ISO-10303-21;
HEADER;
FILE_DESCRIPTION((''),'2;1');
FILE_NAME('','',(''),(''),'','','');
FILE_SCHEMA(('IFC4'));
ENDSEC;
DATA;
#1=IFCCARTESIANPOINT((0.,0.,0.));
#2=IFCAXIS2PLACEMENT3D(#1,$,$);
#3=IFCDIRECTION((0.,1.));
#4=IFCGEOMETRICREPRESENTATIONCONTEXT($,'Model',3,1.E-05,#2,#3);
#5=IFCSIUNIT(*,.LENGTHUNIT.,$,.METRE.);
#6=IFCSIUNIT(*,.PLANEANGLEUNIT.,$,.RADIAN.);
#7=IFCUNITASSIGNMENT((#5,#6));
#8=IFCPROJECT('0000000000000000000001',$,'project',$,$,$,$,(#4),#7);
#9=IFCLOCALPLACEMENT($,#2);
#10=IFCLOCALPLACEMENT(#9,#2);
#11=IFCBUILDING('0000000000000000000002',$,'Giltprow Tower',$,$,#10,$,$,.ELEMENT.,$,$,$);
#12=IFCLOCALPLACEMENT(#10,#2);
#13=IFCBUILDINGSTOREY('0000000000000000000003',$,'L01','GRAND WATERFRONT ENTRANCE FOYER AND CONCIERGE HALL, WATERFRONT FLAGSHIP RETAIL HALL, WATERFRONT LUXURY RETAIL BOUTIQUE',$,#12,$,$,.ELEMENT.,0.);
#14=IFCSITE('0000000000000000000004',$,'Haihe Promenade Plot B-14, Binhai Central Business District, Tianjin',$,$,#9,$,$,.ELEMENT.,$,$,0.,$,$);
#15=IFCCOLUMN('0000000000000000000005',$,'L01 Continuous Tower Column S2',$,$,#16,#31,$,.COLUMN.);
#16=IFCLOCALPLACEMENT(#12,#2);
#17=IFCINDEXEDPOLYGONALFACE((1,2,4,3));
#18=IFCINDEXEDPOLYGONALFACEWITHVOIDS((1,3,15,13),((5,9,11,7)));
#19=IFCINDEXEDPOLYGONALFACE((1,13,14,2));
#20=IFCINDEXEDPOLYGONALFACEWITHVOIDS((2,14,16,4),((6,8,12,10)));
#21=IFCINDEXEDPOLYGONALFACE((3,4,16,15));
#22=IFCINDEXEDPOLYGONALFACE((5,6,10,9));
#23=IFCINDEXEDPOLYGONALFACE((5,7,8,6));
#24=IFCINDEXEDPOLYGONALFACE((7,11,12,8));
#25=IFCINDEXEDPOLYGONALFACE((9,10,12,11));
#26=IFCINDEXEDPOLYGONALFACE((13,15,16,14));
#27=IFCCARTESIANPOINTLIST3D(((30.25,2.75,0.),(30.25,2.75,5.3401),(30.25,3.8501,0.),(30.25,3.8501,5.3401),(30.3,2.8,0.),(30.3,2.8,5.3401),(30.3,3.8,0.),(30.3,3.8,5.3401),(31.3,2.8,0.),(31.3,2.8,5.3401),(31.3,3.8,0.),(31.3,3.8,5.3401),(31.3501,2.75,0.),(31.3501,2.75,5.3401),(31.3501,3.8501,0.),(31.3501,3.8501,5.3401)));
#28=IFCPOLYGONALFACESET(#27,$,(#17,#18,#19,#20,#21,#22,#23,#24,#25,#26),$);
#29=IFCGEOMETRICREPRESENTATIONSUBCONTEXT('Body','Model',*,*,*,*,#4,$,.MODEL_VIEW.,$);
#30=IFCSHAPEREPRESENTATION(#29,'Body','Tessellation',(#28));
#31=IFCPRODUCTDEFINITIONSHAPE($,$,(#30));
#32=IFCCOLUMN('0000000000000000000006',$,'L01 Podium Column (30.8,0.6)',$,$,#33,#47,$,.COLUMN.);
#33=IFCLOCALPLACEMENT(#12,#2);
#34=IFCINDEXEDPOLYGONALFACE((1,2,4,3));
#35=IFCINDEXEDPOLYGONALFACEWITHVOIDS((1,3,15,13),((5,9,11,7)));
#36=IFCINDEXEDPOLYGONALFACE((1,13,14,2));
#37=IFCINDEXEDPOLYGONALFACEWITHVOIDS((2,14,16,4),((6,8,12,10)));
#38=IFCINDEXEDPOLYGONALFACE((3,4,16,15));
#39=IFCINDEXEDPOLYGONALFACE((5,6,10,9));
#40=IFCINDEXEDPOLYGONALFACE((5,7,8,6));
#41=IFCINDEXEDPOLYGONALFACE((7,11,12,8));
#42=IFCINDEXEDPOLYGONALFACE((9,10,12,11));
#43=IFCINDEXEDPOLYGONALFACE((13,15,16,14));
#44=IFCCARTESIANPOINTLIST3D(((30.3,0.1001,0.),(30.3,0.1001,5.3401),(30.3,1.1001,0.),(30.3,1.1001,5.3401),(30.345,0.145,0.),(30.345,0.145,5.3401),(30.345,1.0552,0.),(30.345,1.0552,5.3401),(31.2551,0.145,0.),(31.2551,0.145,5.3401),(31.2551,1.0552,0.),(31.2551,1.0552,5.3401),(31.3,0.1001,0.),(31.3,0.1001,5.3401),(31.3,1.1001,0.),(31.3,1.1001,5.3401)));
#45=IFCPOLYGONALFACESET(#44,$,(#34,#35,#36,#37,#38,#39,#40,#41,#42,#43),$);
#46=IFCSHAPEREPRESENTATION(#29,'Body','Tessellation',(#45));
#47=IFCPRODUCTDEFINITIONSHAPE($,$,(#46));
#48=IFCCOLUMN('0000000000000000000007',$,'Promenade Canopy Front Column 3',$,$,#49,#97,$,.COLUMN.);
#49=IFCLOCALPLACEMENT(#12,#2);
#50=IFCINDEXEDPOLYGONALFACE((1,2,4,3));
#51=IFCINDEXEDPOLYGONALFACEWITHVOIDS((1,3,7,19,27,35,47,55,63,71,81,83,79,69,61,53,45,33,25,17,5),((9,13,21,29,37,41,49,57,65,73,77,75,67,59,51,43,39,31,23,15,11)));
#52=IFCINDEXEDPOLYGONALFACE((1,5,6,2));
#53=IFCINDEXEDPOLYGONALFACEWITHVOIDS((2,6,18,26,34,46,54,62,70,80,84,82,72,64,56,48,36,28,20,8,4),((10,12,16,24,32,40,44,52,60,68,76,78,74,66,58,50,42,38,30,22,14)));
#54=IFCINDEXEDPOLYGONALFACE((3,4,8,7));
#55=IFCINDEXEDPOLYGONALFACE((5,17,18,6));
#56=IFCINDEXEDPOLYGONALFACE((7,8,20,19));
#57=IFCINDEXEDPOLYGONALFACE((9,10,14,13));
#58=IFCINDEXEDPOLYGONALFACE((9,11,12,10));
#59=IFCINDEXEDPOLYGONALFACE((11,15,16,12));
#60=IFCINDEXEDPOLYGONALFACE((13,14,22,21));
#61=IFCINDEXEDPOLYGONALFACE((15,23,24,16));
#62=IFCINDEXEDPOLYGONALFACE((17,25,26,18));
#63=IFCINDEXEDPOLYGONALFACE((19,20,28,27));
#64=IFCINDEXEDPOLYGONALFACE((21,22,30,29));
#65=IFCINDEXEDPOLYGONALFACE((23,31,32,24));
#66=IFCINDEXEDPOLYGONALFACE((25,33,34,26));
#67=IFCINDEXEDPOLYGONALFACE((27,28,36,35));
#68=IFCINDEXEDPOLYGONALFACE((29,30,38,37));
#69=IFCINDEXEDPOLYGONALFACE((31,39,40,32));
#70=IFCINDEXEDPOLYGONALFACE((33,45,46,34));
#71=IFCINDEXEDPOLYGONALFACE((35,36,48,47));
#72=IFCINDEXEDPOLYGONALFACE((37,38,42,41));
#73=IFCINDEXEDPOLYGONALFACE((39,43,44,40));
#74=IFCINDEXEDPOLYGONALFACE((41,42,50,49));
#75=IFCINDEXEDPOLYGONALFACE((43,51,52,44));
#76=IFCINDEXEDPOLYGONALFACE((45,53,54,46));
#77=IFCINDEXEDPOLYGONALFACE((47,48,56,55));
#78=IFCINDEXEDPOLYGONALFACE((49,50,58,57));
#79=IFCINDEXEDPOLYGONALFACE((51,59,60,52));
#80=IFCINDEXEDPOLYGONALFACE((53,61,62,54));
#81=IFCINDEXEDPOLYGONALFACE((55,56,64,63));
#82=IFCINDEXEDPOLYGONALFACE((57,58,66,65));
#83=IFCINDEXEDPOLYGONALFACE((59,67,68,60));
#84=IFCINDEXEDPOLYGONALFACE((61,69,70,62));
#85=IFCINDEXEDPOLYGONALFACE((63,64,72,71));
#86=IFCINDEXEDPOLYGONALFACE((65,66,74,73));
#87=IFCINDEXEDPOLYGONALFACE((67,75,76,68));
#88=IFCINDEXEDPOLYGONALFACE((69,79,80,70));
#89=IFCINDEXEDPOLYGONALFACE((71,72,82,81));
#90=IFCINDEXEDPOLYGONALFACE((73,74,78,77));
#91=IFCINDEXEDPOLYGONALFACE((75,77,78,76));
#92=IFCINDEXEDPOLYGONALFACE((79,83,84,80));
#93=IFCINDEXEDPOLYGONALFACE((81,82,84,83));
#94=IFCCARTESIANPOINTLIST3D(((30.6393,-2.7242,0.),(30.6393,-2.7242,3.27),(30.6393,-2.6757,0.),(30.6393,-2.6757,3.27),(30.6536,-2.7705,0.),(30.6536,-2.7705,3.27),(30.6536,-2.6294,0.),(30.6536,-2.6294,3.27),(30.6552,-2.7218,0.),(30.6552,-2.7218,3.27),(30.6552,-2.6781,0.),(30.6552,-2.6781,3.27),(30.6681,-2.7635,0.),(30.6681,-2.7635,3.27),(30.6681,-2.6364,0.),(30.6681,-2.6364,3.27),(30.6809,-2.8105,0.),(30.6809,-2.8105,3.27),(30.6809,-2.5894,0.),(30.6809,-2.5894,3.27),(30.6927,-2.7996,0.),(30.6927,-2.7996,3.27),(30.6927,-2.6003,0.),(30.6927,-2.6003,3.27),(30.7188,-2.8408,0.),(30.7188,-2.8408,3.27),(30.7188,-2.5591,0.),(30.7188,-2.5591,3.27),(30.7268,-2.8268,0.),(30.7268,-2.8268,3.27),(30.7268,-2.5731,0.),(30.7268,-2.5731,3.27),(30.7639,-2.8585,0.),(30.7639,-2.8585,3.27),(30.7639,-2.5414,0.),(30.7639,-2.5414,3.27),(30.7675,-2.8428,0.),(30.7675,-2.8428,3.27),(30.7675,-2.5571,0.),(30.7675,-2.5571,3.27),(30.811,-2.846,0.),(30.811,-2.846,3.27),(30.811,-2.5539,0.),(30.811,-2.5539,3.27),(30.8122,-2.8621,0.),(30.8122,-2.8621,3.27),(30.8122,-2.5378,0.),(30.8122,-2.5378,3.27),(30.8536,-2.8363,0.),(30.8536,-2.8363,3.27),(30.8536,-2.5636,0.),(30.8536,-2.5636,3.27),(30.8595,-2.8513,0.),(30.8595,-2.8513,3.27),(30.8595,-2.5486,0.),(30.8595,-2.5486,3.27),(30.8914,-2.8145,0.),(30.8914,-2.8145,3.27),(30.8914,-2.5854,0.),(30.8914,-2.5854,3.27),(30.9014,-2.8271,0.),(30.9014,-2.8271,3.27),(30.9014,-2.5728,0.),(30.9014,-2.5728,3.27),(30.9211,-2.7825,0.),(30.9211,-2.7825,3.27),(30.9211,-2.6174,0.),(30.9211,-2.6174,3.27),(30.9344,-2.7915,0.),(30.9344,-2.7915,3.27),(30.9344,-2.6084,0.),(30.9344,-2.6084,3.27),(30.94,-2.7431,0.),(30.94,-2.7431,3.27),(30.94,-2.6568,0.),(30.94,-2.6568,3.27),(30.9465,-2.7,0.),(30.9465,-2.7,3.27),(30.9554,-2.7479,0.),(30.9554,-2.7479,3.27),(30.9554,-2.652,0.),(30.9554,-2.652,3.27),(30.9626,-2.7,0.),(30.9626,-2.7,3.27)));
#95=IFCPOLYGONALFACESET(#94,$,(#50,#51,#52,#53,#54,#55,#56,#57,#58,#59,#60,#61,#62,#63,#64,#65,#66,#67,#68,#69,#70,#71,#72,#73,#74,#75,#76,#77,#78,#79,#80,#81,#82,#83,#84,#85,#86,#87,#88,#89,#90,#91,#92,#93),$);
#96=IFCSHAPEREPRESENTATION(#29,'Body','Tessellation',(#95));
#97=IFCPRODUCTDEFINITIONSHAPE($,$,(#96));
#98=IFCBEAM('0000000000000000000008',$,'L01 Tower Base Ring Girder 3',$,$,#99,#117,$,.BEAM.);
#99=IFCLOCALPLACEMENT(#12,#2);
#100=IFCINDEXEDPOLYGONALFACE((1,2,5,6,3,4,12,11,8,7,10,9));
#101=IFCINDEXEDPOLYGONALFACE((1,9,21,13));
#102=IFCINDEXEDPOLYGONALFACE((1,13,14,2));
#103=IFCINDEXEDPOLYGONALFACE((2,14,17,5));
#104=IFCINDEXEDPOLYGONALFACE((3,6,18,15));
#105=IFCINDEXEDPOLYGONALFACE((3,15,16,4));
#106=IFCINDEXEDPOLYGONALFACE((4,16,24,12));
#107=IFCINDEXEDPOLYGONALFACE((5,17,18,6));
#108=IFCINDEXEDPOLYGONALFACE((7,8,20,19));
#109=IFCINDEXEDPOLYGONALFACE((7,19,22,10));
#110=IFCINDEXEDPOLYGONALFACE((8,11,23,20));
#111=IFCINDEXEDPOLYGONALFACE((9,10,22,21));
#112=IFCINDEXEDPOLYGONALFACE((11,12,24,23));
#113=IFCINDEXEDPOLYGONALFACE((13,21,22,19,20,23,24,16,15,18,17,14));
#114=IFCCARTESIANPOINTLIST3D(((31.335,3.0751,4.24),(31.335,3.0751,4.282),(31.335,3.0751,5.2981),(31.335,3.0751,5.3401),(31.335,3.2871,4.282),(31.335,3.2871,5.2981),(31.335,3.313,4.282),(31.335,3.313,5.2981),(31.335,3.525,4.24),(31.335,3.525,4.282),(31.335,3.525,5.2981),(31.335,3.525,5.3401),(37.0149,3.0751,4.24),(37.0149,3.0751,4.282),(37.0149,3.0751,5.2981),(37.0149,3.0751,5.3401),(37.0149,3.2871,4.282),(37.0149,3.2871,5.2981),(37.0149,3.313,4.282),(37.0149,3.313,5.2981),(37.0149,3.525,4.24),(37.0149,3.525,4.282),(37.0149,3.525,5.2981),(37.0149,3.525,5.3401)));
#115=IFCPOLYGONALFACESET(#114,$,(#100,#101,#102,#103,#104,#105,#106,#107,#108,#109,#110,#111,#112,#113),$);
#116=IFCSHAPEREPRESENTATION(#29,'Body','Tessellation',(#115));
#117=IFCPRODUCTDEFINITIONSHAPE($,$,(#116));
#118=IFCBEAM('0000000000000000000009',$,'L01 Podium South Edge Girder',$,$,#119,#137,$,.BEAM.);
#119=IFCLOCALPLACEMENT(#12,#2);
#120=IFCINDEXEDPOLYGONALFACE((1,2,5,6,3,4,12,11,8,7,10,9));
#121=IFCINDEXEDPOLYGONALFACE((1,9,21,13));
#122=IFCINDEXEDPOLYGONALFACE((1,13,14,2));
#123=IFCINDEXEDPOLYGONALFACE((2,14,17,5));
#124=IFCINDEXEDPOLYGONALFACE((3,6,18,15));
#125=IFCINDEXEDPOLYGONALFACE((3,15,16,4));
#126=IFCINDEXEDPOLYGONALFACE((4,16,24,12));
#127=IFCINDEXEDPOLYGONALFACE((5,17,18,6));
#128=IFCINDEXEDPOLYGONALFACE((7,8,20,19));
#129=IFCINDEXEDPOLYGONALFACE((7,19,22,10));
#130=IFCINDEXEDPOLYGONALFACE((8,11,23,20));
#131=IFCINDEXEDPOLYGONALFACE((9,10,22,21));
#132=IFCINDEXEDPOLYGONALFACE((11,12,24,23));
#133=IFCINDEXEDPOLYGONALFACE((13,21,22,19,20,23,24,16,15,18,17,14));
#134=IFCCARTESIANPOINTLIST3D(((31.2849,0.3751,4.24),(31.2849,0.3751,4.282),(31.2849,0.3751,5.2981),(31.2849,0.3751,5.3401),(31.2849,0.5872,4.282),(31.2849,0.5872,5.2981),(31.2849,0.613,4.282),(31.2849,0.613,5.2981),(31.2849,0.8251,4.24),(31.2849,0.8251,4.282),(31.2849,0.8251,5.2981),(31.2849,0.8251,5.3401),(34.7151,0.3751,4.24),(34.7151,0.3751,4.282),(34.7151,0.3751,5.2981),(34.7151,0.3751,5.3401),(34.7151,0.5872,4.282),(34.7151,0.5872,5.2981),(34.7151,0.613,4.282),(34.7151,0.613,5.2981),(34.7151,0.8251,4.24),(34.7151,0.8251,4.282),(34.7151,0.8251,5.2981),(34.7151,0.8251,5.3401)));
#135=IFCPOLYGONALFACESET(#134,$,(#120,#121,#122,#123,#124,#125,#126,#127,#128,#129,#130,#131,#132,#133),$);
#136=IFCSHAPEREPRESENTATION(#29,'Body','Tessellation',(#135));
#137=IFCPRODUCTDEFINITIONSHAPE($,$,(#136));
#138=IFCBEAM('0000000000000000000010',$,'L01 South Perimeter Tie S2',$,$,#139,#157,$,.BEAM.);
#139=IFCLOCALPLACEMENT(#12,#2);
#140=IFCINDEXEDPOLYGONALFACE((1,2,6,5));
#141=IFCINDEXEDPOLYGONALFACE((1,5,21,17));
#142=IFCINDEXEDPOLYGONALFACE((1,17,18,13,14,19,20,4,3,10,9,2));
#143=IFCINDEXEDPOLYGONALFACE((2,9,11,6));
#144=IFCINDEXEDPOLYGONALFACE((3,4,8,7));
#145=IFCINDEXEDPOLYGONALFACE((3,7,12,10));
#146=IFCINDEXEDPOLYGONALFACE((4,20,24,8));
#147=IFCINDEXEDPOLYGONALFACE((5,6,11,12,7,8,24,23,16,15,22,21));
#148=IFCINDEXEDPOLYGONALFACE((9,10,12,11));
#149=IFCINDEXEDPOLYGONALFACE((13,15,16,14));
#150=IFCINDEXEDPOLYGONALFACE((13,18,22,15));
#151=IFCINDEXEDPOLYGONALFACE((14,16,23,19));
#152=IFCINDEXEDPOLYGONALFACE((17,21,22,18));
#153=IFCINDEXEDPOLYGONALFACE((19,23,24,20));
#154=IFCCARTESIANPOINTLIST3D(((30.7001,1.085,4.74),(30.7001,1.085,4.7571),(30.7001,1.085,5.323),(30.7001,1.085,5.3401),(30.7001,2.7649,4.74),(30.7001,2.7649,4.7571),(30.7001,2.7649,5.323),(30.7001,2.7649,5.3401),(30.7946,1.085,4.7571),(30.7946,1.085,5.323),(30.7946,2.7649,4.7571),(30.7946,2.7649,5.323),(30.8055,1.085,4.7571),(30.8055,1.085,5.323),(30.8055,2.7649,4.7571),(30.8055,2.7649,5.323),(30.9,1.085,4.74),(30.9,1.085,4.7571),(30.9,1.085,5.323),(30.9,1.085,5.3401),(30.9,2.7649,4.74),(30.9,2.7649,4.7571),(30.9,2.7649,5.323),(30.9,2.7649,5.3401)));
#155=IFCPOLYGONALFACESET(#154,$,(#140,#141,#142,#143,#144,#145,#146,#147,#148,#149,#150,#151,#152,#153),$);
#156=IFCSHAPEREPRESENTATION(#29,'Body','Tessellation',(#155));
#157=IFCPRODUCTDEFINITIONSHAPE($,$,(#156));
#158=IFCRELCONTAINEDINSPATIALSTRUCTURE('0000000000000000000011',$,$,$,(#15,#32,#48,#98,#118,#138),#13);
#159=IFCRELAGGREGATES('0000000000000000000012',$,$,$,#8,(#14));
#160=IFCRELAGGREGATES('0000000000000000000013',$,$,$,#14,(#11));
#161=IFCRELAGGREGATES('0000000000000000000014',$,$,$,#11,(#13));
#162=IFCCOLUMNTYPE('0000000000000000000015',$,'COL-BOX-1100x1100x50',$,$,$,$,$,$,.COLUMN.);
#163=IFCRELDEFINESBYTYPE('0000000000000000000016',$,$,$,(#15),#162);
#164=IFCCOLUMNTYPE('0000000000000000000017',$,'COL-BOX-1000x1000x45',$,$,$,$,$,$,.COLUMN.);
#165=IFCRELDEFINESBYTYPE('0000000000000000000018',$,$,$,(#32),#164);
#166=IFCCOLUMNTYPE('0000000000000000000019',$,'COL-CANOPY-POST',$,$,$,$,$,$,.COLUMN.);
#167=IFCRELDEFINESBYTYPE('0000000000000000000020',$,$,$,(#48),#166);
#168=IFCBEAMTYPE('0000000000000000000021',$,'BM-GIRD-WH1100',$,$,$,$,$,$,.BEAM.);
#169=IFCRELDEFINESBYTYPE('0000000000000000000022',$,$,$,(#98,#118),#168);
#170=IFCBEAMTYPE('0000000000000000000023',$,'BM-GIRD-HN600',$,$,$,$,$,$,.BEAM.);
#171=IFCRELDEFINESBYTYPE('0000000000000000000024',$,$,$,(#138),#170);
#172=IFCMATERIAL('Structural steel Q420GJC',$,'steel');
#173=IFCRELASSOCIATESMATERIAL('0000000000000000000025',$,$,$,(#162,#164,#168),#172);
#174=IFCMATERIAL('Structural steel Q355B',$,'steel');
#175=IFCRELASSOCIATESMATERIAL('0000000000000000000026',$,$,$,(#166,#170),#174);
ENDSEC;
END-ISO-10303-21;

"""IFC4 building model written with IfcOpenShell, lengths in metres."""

from ifc_helpers import new_model, si_unit, direction, frame, origin, origin_2d, place, context, subcontext, project, spatial, hollow_rectangle, hollow_circle, i_section, extrude, source, transform, mapped, material, material_profile, profile_set, type_object, element, save


model = new_model("IFC4")

# Units and contexts
model_context = context("Model", 3, precision=1e-05, world=origin(), true_north=direction((0.0, 1.0)))
body_context = subcontext(model_context, "Body", "Model", "MODEL_VIEW")
ifc_project = project(units=[si_unit("LENGTHUNIT", "METRE"), si_unit("PLANEANGLEUNIT", "RADIAN")], contexts=[model_context])

# Site, building, storey
site_placement = place(None, origin())
site = spatial("IfcSite", under=ifc_project, at=site_placement, Name="Haihe Promenade Plot B-14, Binhai Central Business District, Tianjin", CompositionType="ELEMENT", RefElevation=0.0)
building_placement = place(site_placement, origin())
building = spatial("IfcBuilding", under=site, at=building_placement, Name="Giltprow Tower", CompositionType="ELEMENT")
storey_placement = place(building_placement, origin())
storey = spatial("IfcBuildingStorey", under=building, at=storey_placement, Name="L01", Description="GRAND WATERFRONT ENTRANCE FOYER AND CONCIERGE HALL, WATERFRONT FLAGSHIP RETAIL HALL, WATERFRONT LUXURY RETAIL BOUTIQUE", CompositionType="ELEMENT", Elevation=0.0)

# Columns
ifc_material_1 = material(Name="Structural steel Q420GJC", Category="steel")
ifc_material_profile_1 = material_profile(ifc_material_1, hollow_rectangle(XDim=1.1001, YDim=1.1001, WallThickness=0.05, at=origin_2d()), Name="BOX 1100x1100x50")
ifc_profile_set_1 = profile_set([ifc_material_profile_1], Name="Structural steel Q420GJC")
column_type_1 = type_object("IfcColumnType", Name="COL-BOX-1100x1100x50", PredefinedType="COLUMN", material=ifc_profile_set_1)
shared_shape_1 = source(origin(), body_context, "Body", "SweptSolid", [
    extrude(hollow_rectangle(XDim=1.1001, YDim=1.1001, WallThickness=0.05, at=origin_2d()), origin(), (0.0, 0.0, 1.0), 5.3401),
])
column_1_placement = place(storey_placement, frame((30.8, 3.3, 0.0), z_axis=(0.0, 0.0, 1.0), x_axis=(1.0, 0.0, 0.0)))
element("IfcColumn", 1, at=column_1_placement, inside=storey, type_object=column_type_1, Name="L01 Continuous Tower Column S2", PredefinedType="COLUMN", context=body_context, shape_type="MappedRepresentation", body=[
    mapped(shared_shape_1, transform((0.0, 0.0, 0.0), x_axis=(1.0, 0.0, 0.0), y_axis=(0.0, 1.0, 0.0), z_axis=(0.0, 0.0, 1.0), scale=1.0)),
])
ifc_material_profile_2 = material_profile(ifc_material_1, hollow_rectangle(XDim=1.0, YDim=1.0, WallThickness=0.0449, at=origin_2d()), Name="BOX 1000x1000x45")
ifc_profile_set_2 = profile_set([ifc_material_profile_2], Name="Structural steel Q420GJC")
column_type_2 = type_object("IfcColumnType", Name="COL-BOX-1000x1000x45", PredefinedType="COLUMN", material=ifc_profile_set_2)
shared_shape_2 = source(origin(), body_context, "Body", "SweptSolid", [
    extrude(hollow_rectangle(XDim=1.0, YDim=1.0, WallThickness=0.0449, at=origin_2d()), origin(), (0.0, 0.0, 1.0), 5.3401),
])
column_2_placement = place(storey_placement, frame((30.8, 0.6001, 0.0), z_axis=(0.0, 0.0, 1.0), x_axis=(1.0, 0.0, 0.0)))
element("IfcColumn", 2, at=column_2_placement, inside=storey, type_object=column_type_2, Name="L01 Podium Column (30.8,0.6)", PredefinedType="COLUMN", context=body_context, shape_type="MappedRepresentation", body=[
    mapped(shared_shape_2, transform((0.0, 0.0, 0.0), x_axis=(1.0, 0.0, 0.0), y_axis=(0.0, 1.0, 0.0), z_axis=(0.0, 0.0, 1.0), scale=1.0)),
])
ifc_material_2 = material(Name="Structural steel Q355B", Category="steel")
ifc_material_profile_3 = material_profile(ifc_material_2, hollow_circle(Radius=0.1626, WallThickness=0.0161, at=origin_2d()), Name="CHS 325x16")
ifc_profile_set_3 = profile_set([ifc_material_profile_3], Name="Structural steel Q355B")
column_type_3 = type_object("IfcColumnType", Name="COL-CANOPY-POST", PredefinedType="COLUMN", material=ifc_profile_set_3)
shared_shape_3 = source(origin(), body_context, "Body", "SweptSolid", [
    extrude(hollow_circle(Radius=0.1626, WallThickness=0.0161, at=origin_2d()), origin(), (0.0, 0.0, 1.0), 3.27),
])
column_3_placement = place(storey_placement, frame((30.8, -2.7, 0.0), z_axis=(0.0, 0.0, 1.0), x_axis=(1.0, 0.0, 0.0)))
element("IfcColumn", 3, at=column_3_placement, inside=storey, type_object=column_type_3, Name="Promenade Canopy Front Column 3", PredefinedType="COLUMN", context=body_context, shape_type="MappedRepresentation", body=[
    mapped(shared_shape_3, transform((0.0, 0.0, 0.0), x_axis=(1.0, 0.0, 0.0), y_axis=(0.0, 1.0, 0.0), z_axis=(0.0, 0.0, 1.0), scale=1.0)),
])

# Beams
ifc_material_profile_4 = material_profile(ifc_material_1, i_section(OverallWidth=0.45, OverallDepth=1.1001, WebThickness=0.0259, FlangeThickness=0.042, at=origin_2d()), Name="WH 1100x450x26x42")
ifc_profile_set_4 = profile_set([ifc_material_profile_4], Name="Structural steel Q420GJC")
beam_type_1 = type_object("IfcBeamType", Name="BM-GIRD-WH1100", PredefinedType="BEAM", material=ifc_profile_set_4)
shared_shape_4 = source(origin(), body_context, "Body", "SweptSolid", [
    extrude(i_section(OverallWidth=0.45, OverallDepth=1.1001, WebThickness=0.0259, FlangeThickness=0.042, at=origin_2d()), origin(), (0.0, 0.0, 1.0), 5.6799),
])
beam_1_placement = place(storey_placement, frame((31.335, 3.3, 4.79), z_axis=(1.0, 0.0, 0.0), x_axis=(0.0, 1.0, 0.0)))
element("IfcBeam", 4, at=beam_1_placement, inside=storey, type_object=beam_type_1, Name="L01 Tower Base Ring Girder 3", PredefinedType="BEAM", context=body_context, shape_type="MappedRepresentation", body=[
    mapped(shared_shape_4, transform((0.0, 0.0, 0.0), x_axis=(1.0, 0.0, 0.0), y_axis=(0.0, 1.0, 0.0), z_axis=(0.0, 0.0, 1.0), scale=1.0)),
])
shared_shape_5 = source(origin(), body_context, "Body", "SweptSolid", [
    extrude(i_section(OverallWidth=0.45, OverallDepth=1.1001, WebThickness=0.0259, FlangeThickness=0.042, at=origin_2d()), origin(), (0.0, 0.0, 1.0), 3.4302),
])
beam_2_placement = place(storey_placement, frame((31.2849, 0.6001, 4.79), z_axis=(1.0, 0.0, 0.0), x_axis=(0.0, 1.0, 0.0)))
element("IfcBeam", 5, at=beam_2_placement, inside=storey, type_object=beam_type_1, Name="L01 Podium South Edge Girder", PredefinedType="BEAM", context=body_context, shape_type="MappedRepresentation", body=[
    mapped(shared_shape_5, transform((0.0, 0.0, 0.0), x_axis=(1.0, 0.0, 0.0), y_axis=(0.0, 1.0, 0.0), z_axis=(0.0, 0.0, 1.0), scale=1.0)),
])
ifc_material_profile_5 = material_profile(ifc_material_2, i_section(OverallWidth=0.2, OverallDepth=0.6001, WebThickness=0.011, FlangeThickness=0.0171, at=origin_2d()), Name="HN 600x200x11x17")
ifc_profile_set_5 = profile_set([ifc_material_profile_5], Name="Structural steel Q355B")
beam_type_2 = type_object("IfcBeamType", Name="BM-GIRD-HN600", PredefinedType="BEAM", material=ifc_profile_set_5)
shared_shape_6 = source(origin(), body_context, "Body", "SweptSolid", [
    extrude(i_section(OverallWidth=0.2, OverallDepth=0.6001, WebThickness=0.011, FlangeThickness=0.0171, at=origin_2d()), origin(), (0.0, 0.0, 1.0), 1.6799),
])
beam_3_placement = place(storey_placement, frame((30.8, 1.085, 5.04), z_axis=(0.0, 1.0, 0.0), x_axis=(-1.0, 0.0, 0.0)))
element("IfcBeam", 6, at=beam_3_placement, inside=storey, type_object=beam_type_2, Name="L01 South Perimeter Tie S2", PredefinedType="BEAM", context=body_context, shape_type="MappedRepresentation", body=[
    mapped(shared_shape_6, transform((0.0, 0.0, 0.0), x_axis=(1.0, 0.0, 0.0), y_axis=(0.0, 1.0, 0.0), z_axis=(0.0, 0.0, 1.0), scale=1.0)),
])

save(model, "model.ifc")
